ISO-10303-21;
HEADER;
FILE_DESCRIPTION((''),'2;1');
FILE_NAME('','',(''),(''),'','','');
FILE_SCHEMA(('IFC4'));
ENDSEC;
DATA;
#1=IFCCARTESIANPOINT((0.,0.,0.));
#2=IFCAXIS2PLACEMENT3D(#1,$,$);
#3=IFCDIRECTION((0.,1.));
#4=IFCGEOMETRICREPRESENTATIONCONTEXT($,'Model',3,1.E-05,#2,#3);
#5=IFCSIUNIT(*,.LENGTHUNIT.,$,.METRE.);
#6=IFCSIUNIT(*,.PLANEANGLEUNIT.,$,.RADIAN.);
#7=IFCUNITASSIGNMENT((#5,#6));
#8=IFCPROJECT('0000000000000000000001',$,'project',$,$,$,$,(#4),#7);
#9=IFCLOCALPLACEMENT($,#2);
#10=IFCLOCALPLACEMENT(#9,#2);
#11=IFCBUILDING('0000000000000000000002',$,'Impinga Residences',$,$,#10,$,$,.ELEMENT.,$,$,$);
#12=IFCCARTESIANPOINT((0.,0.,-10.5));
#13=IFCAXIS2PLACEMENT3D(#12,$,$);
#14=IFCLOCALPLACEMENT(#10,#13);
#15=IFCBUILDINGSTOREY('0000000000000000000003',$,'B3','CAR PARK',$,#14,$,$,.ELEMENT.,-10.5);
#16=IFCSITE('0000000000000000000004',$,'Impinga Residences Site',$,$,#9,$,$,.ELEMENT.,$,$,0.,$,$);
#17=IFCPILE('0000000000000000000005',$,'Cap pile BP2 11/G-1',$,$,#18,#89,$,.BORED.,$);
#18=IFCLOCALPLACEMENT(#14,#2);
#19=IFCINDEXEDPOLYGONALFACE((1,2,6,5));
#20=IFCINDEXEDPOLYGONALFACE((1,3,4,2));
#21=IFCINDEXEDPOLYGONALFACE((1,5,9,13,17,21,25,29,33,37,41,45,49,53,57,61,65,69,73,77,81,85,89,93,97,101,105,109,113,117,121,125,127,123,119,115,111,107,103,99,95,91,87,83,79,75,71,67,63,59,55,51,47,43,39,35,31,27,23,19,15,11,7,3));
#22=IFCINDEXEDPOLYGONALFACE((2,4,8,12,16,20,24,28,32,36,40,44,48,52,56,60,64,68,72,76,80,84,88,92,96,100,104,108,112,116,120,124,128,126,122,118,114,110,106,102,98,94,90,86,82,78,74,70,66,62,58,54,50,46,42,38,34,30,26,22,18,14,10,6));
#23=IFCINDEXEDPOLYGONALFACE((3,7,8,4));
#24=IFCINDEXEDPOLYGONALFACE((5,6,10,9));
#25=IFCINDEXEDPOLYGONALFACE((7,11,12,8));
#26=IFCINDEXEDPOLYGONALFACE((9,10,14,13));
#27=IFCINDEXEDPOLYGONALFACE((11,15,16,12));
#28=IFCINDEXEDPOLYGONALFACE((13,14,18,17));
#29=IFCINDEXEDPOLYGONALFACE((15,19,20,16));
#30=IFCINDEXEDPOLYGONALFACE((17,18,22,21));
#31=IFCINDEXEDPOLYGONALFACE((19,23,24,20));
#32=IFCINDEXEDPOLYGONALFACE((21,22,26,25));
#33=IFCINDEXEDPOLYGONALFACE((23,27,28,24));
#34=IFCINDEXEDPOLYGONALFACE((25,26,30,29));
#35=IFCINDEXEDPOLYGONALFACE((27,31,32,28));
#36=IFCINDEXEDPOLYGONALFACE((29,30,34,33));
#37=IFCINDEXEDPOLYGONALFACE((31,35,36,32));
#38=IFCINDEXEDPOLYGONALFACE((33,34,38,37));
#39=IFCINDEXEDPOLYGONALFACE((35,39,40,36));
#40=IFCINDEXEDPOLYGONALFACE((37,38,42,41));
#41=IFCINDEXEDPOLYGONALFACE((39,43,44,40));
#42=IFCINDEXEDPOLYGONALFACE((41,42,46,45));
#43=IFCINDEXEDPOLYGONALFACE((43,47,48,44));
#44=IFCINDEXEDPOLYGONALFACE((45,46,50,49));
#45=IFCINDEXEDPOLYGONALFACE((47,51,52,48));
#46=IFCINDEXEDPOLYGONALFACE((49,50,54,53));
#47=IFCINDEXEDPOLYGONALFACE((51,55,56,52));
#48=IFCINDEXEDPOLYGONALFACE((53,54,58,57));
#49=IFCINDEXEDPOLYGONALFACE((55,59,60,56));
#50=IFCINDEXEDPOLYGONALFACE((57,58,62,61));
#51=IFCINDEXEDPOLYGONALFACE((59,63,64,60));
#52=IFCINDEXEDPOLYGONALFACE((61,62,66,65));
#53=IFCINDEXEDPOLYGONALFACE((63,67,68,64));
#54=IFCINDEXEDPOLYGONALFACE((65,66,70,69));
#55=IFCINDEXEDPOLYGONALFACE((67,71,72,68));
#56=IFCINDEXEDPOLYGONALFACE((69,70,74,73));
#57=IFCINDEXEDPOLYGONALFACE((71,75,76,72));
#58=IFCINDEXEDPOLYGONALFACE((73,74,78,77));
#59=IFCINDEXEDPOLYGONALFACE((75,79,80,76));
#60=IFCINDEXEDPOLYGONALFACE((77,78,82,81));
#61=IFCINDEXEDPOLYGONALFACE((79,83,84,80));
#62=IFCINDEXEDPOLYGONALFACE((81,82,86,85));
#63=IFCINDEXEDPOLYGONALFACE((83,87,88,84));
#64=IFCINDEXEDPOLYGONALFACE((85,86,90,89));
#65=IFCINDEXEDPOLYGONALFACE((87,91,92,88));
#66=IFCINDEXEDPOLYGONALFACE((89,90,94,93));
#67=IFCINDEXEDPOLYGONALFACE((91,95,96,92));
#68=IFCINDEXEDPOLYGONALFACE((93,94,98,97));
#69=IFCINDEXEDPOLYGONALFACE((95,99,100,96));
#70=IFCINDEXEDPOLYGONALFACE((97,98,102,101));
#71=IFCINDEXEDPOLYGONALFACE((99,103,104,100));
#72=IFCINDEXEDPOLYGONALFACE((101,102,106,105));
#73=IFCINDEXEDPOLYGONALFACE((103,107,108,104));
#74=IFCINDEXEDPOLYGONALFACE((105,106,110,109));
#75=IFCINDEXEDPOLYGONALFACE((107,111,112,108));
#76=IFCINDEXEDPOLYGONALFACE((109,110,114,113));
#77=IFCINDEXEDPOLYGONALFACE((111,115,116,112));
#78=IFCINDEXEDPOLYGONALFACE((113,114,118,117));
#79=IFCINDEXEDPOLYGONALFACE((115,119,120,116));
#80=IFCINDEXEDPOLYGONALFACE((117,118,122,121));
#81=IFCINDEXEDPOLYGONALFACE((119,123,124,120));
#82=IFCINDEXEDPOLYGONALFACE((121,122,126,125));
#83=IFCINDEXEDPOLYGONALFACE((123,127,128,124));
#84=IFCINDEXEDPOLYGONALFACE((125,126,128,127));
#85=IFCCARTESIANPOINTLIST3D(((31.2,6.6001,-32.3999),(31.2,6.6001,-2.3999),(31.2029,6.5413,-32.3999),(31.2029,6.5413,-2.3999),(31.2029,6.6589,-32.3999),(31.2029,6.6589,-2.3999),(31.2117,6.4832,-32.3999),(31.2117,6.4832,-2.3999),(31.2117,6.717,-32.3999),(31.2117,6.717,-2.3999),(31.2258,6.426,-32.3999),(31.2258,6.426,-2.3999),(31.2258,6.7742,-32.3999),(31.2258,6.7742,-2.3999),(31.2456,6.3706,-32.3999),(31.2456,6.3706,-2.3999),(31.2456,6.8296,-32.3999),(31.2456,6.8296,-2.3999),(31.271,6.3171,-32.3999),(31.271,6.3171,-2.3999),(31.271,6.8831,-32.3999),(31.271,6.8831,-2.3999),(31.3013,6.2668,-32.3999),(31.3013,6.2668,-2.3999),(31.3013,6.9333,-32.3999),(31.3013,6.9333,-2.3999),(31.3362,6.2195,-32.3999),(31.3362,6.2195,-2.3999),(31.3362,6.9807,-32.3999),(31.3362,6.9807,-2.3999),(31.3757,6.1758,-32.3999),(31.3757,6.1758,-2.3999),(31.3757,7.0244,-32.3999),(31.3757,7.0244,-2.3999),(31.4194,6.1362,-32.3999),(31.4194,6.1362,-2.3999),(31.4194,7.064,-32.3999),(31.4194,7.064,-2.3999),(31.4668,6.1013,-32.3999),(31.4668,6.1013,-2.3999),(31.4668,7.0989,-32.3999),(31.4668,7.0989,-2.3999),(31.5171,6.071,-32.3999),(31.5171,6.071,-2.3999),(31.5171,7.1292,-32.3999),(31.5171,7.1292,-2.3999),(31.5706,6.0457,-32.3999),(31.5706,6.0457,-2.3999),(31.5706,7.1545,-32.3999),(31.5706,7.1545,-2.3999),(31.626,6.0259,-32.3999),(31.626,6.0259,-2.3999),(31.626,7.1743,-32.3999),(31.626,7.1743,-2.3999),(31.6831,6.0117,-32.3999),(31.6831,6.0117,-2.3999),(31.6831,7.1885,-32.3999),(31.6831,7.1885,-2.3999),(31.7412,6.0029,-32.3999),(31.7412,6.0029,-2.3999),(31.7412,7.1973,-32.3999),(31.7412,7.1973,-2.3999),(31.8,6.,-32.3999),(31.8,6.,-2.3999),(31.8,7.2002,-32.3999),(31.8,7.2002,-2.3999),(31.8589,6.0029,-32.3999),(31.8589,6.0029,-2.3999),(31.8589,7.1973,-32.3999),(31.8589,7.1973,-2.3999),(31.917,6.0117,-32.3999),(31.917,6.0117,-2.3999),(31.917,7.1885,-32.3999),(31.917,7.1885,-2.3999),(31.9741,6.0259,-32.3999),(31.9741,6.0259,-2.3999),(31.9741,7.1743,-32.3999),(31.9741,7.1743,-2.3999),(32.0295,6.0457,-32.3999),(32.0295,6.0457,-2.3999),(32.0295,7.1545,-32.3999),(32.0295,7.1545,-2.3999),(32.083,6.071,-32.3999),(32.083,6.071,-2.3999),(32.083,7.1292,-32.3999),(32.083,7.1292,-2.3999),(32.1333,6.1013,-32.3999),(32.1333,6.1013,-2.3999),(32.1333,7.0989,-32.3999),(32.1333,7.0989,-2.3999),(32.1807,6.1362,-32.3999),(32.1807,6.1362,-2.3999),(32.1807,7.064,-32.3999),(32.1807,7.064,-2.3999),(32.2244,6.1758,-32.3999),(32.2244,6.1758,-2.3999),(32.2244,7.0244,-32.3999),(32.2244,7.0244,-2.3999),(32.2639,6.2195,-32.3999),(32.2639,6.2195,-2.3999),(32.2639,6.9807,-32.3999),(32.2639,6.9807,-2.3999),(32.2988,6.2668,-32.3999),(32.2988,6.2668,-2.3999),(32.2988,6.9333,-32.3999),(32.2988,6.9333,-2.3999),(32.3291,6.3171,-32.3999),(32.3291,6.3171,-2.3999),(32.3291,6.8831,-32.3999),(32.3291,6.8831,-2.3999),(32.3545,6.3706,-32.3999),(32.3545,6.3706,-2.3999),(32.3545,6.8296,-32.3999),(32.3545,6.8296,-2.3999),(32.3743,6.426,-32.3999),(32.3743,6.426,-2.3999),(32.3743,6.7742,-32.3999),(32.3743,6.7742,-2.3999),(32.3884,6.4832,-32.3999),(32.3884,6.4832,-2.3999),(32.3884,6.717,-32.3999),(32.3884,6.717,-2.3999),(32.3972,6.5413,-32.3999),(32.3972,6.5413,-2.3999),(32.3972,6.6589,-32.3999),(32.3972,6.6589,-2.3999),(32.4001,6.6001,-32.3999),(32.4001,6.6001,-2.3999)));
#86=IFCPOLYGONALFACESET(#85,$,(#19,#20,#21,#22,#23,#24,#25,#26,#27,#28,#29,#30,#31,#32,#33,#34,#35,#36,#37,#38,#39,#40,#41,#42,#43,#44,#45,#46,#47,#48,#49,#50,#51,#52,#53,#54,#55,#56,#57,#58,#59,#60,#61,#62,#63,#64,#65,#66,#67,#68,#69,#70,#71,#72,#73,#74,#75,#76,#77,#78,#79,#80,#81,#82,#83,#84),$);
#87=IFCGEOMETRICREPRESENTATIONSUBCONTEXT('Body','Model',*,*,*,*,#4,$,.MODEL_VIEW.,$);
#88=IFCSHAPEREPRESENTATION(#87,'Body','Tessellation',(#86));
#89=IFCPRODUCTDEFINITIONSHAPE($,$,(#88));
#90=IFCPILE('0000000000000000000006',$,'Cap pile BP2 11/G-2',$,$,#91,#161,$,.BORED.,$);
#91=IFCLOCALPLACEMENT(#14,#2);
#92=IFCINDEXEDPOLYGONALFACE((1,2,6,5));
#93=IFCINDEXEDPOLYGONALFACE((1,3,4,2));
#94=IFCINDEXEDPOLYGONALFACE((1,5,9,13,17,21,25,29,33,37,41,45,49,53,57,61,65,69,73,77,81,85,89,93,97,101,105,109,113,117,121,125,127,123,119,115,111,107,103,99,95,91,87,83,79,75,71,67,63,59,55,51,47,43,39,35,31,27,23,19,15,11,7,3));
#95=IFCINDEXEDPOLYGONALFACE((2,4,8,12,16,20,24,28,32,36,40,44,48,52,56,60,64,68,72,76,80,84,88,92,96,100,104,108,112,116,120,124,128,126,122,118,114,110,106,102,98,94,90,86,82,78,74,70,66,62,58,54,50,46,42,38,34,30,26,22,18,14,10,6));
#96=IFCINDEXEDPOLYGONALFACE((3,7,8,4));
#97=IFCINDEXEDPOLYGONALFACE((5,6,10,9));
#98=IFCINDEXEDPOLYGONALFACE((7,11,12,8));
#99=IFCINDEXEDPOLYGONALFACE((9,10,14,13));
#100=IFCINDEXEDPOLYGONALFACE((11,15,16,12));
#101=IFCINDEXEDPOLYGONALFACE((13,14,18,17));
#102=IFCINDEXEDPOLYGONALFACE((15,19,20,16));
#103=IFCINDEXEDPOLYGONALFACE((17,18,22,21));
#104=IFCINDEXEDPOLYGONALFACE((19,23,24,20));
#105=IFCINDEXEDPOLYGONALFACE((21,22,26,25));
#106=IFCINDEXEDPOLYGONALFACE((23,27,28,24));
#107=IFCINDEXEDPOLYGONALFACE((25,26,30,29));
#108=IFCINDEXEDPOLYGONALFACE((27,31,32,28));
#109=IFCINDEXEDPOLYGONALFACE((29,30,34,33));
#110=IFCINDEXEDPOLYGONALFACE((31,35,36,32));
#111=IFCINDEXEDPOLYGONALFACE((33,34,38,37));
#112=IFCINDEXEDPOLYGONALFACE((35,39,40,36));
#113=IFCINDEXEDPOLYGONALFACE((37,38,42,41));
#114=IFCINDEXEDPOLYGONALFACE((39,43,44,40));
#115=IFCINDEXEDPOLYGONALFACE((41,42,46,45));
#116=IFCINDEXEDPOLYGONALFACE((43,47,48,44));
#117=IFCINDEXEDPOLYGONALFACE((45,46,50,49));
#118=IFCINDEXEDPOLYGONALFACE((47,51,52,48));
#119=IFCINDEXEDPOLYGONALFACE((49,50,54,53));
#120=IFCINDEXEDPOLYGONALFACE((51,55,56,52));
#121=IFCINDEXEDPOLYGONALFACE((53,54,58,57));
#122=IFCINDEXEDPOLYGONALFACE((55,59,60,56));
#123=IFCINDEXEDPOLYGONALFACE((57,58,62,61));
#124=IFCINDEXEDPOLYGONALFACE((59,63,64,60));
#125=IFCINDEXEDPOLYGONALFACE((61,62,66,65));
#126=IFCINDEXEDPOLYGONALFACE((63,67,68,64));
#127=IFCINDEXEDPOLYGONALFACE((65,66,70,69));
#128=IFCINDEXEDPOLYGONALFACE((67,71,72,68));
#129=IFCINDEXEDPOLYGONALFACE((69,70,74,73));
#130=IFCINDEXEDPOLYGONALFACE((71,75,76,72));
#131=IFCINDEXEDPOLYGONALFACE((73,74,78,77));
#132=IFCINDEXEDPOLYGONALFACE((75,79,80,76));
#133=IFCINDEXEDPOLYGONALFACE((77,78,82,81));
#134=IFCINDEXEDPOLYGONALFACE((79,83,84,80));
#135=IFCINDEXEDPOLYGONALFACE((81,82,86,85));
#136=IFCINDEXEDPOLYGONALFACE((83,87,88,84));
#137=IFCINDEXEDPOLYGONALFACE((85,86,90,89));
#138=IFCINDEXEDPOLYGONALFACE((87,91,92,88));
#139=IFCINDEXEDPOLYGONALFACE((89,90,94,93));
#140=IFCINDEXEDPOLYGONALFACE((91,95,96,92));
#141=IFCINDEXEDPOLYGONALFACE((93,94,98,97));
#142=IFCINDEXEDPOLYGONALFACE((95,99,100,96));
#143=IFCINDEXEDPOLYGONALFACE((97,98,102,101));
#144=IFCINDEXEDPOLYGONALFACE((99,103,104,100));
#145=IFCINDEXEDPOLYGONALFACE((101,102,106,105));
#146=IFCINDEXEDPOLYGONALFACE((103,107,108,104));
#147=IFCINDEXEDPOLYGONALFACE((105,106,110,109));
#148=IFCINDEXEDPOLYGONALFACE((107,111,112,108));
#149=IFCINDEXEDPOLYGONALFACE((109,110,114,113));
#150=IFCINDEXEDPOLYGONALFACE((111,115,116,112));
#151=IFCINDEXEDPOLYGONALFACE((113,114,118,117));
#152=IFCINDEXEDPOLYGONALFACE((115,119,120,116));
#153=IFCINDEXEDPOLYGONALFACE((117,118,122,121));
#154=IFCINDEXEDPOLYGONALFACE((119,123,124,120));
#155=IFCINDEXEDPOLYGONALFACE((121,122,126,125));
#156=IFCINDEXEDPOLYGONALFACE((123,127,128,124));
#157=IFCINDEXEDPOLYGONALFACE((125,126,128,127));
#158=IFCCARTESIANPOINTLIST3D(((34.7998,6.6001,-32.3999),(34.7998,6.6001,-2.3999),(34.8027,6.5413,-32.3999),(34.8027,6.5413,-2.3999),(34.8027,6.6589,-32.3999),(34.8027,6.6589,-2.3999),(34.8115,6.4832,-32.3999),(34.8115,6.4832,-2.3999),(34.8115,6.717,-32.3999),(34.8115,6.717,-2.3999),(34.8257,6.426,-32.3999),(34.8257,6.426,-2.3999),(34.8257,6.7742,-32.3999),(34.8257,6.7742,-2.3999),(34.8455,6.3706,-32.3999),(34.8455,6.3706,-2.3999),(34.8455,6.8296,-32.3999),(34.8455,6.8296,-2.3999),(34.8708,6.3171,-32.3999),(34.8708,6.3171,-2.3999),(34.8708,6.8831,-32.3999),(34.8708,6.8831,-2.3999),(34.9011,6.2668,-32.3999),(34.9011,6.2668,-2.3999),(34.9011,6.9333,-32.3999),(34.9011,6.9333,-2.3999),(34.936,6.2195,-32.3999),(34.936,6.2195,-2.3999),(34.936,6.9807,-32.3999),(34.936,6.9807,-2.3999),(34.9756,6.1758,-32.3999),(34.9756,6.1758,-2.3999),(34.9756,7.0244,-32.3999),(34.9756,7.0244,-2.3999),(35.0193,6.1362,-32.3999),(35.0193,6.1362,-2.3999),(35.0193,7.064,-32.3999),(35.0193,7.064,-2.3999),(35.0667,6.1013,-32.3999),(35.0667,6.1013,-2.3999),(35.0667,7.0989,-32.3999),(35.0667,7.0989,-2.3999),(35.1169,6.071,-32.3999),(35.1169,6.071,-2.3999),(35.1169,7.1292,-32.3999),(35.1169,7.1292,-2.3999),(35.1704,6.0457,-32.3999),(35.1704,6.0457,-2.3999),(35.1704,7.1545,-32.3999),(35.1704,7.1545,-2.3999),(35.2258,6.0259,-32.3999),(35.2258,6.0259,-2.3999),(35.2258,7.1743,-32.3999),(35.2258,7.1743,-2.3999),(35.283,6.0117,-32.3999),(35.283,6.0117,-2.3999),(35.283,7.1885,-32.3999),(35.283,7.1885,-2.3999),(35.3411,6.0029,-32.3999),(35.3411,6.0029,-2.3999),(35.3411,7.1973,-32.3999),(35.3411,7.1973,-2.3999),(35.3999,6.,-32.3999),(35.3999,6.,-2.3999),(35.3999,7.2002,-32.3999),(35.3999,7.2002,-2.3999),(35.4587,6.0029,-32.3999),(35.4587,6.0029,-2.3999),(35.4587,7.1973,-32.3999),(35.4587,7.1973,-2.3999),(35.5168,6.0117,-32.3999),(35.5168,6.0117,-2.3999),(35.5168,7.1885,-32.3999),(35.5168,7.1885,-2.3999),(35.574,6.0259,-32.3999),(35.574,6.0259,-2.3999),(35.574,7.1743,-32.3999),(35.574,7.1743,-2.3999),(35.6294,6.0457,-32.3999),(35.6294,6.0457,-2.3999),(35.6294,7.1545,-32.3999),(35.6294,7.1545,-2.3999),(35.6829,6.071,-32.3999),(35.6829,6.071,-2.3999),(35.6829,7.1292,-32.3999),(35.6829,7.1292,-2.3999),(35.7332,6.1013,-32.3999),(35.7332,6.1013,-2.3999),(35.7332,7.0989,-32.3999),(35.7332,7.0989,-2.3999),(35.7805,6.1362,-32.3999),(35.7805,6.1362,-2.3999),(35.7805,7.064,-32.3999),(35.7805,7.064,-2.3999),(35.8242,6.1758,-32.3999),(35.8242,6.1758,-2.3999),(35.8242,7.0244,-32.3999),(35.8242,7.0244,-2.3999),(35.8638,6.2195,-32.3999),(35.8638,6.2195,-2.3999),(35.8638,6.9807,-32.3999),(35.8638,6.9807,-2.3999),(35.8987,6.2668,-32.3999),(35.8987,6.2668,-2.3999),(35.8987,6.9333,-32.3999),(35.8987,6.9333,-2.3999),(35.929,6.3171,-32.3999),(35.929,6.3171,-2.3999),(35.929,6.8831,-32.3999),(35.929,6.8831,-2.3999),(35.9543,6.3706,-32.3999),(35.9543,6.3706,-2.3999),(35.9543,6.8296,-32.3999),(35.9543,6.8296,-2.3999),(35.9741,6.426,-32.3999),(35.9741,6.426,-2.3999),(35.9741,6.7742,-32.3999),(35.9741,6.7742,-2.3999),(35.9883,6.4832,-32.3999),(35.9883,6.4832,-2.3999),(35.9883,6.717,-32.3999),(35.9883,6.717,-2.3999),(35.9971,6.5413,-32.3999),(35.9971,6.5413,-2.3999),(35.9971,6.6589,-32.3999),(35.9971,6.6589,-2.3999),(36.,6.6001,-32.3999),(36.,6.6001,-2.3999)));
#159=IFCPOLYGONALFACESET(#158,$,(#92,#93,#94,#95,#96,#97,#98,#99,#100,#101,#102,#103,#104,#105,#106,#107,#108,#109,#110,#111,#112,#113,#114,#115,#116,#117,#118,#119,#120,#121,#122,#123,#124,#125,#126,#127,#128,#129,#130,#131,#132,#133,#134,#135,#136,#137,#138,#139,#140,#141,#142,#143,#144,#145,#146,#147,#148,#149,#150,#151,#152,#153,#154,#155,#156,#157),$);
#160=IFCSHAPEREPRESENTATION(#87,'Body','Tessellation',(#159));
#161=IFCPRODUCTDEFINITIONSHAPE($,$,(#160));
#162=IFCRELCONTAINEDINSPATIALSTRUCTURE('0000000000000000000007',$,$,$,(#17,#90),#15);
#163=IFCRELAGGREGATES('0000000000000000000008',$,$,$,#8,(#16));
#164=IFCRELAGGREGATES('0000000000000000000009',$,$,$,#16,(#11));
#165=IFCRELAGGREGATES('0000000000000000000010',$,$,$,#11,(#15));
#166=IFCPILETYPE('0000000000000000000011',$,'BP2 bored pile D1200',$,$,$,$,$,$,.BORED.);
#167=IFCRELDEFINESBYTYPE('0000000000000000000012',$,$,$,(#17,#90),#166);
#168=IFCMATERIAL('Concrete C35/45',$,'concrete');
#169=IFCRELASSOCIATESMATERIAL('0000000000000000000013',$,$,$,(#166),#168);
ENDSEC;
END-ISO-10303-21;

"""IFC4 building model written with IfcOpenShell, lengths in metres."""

from ifc_helpers import new_model, si_unit, direction, frame, origin, origin_2d, place, context, subcontext, project, spatial, polyline, circle, outline, extrude, material, material_profile, profile_set, type_object, element, save


model = new_model("IFC4")

# Units and contexts
model_context = context("Model", 3, precision=1e-05, world=origin(), true_north=direction((0.0, 1.0)))
body_context = subcontext(model_context, "Body", "Model", "MODEL_VIEW")
ifc_project = project(units=[si_unit("LENGTHUNIT", "METRE"), si_unit("PLANEANGLEUNIT", "RADIAN")], contexts=[model_context])

# Site, building, storey
site_placement = place(None, origin())
site = spatial("IfcSite", under=ifc_project, at=site_placement, Name="Impinga Residences Site", CompositionType="ELEMENT", RefElevation=0.0)
building_placement = place(site_placement, origin())
building = spatial("IfcBuilding", under=site, at=building_placement, Name="Impinga Residences", CompositionType="ELEMENT")
storey_placement = place(building_placement, frame((0.0, 0.0, -10.5)))
storey = spatial("IfcBuildingStorey", under=building, at=storey_placement, Name="B3", Description="CAR PARK", CompositionType="ELEMENT", Elevation=-10.5)

# Piles
ifc_material_1 = material(Name="Concrete C35/45", Category="concrete")
ifc_material_profile_1 = material_profile(ifc_material_1, circle(Radius=0.6001, at=origin_2d()), Name="D1200")
ifc_profile_set_1 = profile_set([ifc_material_profile_1], Name="Concrete C35/45")
pile_type = type_object("IfcPileType", Name="BP2 bored pile D1200", PredefinedType="BORED", material=ifc_profile_set_1)
pile_1_placement = place(storey_placement, frame((31.8, 6.6001, -2.3999), z_axis=(0.0, 0.0, -1.0), x_axis=(1.0, 0.0, 0.0)))
element("IfcPile", 1, at=pile_1_placement, inside=storey, type_object=pile_type, Name="Cap pile BP2 11/G-1", PredefinedType="BORED", context=body_context, shape_type="SweptSolid", body=[
    extrude(outline(polyline([(0.6001, 0.0), (0.5972, 0.0588), (0.5884, 0.1169), (0.5742, 0.1741), (0.5544, 0.2295), (0.5291, 0.283), (0.4988, 0.3333), (0.4639, 0.3806), (0.4243, 0.4243), (0.3806, 0.4639), (0.3333, 0.4988), (0.283, 0.5291), (0.2295, 0.5544), (0.1741, 0.5742), (0.1169, 0.5884), (0.0588, 0.5972), (0.0, 0.6001), (-0.0588, 0.5972), (-0.1169, 0.5884), (-0.1741, 0.5742), (-0.2295, 0.5544), (-0.283, 0.5291), (-0.3333, 0.4988), (-0.3806, 0.4639), (-0.4243, 0.4243), (-0.4639, 0.3806), (-0.4988, 0.3333), (-0.5291, 0.283), (-0.5544, 0.2295), (-0.5742, 0.1741), (-0.5884, 0.1169), (-0.5972, 0.0588), (-0.6001, 0.0), (-0.5972, -0.0588), (-0.5884, -0.1169), (-0.5742, -0.1741), (-0.5544, -0.2295), (-0.5291, -0.283), (-0.4988, -0.3333), (-0.4639, -0.3806), (-0.4243, -0.4243), (-0.3806, -0.4639), (-0.3333, -0.4988), (-0.283, -0.5291), (-0.2295, -0.5544), (-0.1741, -0.5742), (-0.1169, -0.5884), (-0.0588, -0.5972), (0.0, -0.6001), (0.0588, -0.5972), (0.1169, -0.5884), (0.1741, -0.5742), (0.2295, -0.5544), (0.283, -0.5291), (0.3333, -0.4988), (0.3806, -0.4639), (0.4243, -0.4243), (0.4639, -0.3806), (0.4988, -0.3333), (0.5291, -0.283), (0.5544, -0.2295), (0.5742, -0.1741), (0.5884, -0.1169), (0.5972, -0.0588), (0.6001, 0.0)])), origin(), (0.0, 0.0, 1.0), 30.0),
])
pile_2_placement = place(storey_placement, frame((35.3999, 6.6001, -2.3999), z_axis=(0.0, 0.0, -1.0), x_axis=(1.0, 0.0, 0.0)))
element("IfcPile", 2, at=pile_2_placement, inside=storey, type_object=pile_type, Name="Cap pile BP2 11/G-2", PredefinedType="BORED", context=body_context, shape_type="SweptSolid", body=[
    extrude(outline(polyline([(0.6001, 0.0), (0.5972, 0.0588), (0.5884, 0.1169), (0.5742, 0.1741), (0.5544, 0.2295), (0.5291, 0.283), (0.4988, 0.3333), (0.4639, 0.3806), (0.4243, 0.4243), (0.3806, 0.4639), (0.3333, 0.4988), (0.283, 0.5291), (0.2295, 0.5544), (0.1741, 0.5742), (0.1169, 0.5884), (0.0588, 0.5972), (0.0, 0.6001), (-0.0588, 0.5972), (-0.1169, 0.5884), (-0.1741, 0.5742), (-0.2295, 0.5544), (-0.283, 0.5291), (-0.3333, 0.4988), (-0.3806, 0.4639), (-0.4243, 0.4243), (-0.4639, 0.3806), (-0.4988, 0.3333), (-0.5291, 0.283), (-0.5544, 0.2295), (-0.5742, 0.1741), (-0.5884, 0.1169), (-0.5972, 0.0588), (-0.6001, 0.0), (-0.5972, -0.0588), (-0.5884, -0.1169), (-0.5742, -0.1741), (-0.5544, -0.2295), (-0.5291, -0.283), (-0.4988, -0.3333), (-0.4639, -0.3806), (-0.4243, -0.4243), (-0.3806, -0.4639), (-0.3333, -0.4988), (-0.283, -0.5291), (-0.2295, -0.5544), (-0.1741, -0.5742), (-0.1169, -0.5884), (-0.0588, -0.5972), (0.0, -0.6001), (0.0588, -0.5972), (0.1169, -0.5884), (0.1741, -0.5742), (0.2295, -0.5544), (0.283, -0.5291), (0.3333, -0.4988), (0.3806, -0.4639), (0.4243, -0.4243), (0.4639, -0.3806), (0.4988, -0.3333), (0.5291, -0.283), (0.5544, -0.2295), (0.5742, -0.1741), (0.5884, -0.1169), (0.5972, -0.0588), (0.6001, 0.0)])), origin(), (0.0, 0.0, 1.0), 30.0),
])

save(model, "model.ifc")
